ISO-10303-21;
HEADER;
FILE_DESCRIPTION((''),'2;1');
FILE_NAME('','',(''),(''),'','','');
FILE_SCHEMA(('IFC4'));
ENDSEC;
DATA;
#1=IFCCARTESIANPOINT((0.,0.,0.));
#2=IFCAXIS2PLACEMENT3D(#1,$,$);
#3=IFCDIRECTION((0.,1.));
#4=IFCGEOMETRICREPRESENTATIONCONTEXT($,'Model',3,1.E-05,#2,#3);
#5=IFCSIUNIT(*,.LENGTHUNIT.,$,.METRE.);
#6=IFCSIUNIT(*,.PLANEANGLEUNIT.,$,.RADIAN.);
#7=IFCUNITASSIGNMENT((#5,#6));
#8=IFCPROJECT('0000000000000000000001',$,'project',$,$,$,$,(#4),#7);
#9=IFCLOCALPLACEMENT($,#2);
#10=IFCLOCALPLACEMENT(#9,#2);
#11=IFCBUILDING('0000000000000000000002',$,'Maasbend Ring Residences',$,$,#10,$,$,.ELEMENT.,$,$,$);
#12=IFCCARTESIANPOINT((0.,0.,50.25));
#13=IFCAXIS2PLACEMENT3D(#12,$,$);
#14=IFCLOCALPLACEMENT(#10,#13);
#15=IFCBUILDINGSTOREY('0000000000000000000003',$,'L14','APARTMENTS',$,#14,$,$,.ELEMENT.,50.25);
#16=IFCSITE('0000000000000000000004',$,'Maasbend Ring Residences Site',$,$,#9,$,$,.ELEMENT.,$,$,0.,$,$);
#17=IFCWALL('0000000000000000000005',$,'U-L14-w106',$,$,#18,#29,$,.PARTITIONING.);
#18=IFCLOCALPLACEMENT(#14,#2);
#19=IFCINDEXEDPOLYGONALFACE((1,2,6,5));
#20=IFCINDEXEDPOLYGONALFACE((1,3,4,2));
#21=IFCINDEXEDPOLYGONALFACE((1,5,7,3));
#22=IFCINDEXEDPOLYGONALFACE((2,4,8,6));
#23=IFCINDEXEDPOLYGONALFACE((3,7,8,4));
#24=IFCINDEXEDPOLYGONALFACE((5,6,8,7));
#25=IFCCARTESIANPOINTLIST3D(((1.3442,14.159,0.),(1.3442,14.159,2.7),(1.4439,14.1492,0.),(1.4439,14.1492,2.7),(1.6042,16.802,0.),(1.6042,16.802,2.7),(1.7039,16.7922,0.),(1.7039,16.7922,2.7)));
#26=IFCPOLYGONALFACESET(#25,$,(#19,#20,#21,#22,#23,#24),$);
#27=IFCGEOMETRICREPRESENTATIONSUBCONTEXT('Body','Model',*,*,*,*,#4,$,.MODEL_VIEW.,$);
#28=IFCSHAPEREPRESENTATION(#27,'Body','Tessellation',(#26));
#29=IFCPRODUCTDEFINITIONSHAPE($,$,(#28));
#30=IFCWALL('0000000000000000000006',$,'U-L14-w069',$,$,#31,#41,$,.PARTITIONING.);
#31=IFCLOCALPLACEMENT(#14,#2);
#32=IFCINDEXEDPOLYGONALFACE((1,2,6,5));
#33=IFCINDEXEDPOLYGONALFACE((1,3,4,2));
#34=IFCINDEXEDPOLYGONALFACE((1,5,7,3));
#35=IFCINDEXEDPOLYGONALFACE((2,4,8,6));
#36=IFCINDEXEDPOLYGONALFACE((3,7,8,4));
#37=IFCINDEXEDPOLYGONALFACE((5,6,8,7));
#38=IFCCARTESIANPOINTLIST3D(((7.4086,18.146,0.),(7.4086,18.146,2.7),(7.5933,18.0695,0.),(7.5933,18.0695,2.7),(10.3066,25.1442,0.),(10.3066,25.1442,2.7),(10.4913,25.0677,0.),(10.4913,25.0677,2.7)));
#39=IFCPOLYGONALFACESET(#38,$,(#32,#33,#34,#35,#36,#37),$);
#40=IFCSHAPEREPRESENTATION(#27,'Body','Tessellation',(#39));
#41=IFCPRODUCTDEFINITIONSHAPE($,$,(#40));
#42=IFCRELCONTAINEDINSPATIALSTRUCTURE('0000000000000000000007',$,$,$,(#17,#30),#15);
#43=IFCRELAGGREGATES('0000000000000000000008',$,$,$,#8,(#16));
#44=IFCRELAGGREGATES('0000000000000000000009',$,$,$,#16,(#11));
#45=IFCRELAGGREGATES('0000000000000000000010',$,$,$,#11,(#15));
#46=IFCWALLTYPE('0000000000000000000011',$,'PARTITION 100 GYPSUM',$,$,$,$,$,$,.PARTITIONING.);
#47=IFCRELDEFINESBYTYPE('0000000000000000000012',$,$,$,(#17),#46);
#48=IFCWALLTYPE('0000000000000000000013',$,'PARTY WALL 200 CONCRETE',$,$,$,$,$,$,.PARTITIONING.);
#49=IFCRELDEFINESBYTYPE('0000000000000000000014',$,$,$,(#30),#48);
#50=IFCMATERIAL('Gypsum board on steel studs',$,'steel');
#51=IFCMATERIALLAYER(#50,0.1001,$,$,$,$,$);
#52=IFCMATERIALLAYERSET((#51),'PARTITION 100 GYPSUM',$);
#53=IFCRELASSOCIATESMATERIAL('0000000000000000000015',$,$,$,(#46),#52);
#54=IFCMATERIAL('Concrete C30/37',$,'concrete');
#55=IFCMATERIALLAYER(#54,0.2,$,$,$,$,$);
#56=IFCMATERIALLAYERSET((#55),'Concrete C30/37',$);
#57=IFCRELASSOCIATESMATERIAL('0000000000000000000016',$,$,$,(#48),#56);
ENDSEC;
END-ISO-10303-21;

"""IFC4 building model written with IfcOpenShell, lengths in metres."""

from ifc_helpers import new_model, si_unit, direction, frame, frame_2d, origin, place, context, subcontext, project, spatial, rectangle, extrude, material, layer, layer_set, type_object, element, save


model = new_model("IFC4")

# Units and contexts
model_context = context("Model", 3, precision=1e-05, world=origin(), true_north=direction((0.0, 1.0)))
body_context = subcontext(model_context, "Body", "Model", "MODEL_VIEW")
ifc_project = project(units=[si_unit("LENGTHUNIT", "METRE"), si_unit("PLANEANGLEUNIT", "RADIAN")], contexts=[model_context])

# Site, building, storey
site_placement = place(None, origin())
site = spatial("IfcSite", under=ifc_project, at=site_placement, Name="Maasbend Ring Residences Site", CompositionType="ELEMENT", RefElevation=0.0)
building_placement = place(site_placement, origin())
building = spatial("IfcBuilding", under=site, at=building_placement, Name="Maasbend Ring Residences", CompositionType="ELEMENT")
storey_placement = place(building_placement, frame((0.0, 0.0, 50.25)))
storey = spatial("IfcBuildingStorey", under=building, at=storey_placement, Name="L14", Description="APARTMENTS", CompositionType="ELEMENT", Elevation=50.25)

# Shared definitions
ifc_material_1 = material(Name="Gypsum board on steel studs", Category="steel")
ifc_layer_1 = layer(ifc_material_1, 0.1001)
ifc_layer_set_1 = layer_set([ifc_layer_1], Name="PARTITION 100 GYPSUM")
wall_type_1 = type_object("IfcWallType", Name="PARTITION 100 GYPSUM", PredefinedType="PARTITIONING", material=ifc_layer_set_1)

# Walls
wall_1_placement = place(storey_placement, frame((1.394, 14.1541, 0.0), z_axis=(0.0, 0.0, 1.0), x_axis=(0.097902, 0.995196, 0.0)))
element("IfcWall", 1, at=wall_1_placement, inside=storey, type_object=wall_type_1, Name="U-L14-w106", PredefinedType="PARTITIONING", context=body_context, shape_type="SweptSolid", body=[
    extrude(rectangle(XDim=2.6558, YDim=0.1001, at=frame_2d((1.3279, 0.0))), origin(), (0.0, 0.0, 1.0), 2.7),
])
ifc_material_2 = material(Name="Concrete C30/37", Category="concrete")
ifc_layer_2 = layer(ifc_material_2, 0.2)
ifc_layer_set_2 = layer_set([ifc_layer_2], Name="Concrete C30/37")
wall_type_2 = type_object("IfcWallType", Name="PARTY WALL 200 CONCRETE", PredefinedType="PARTITIONING", material=ifc_layer_set_2)
wall_2_placement = place(storey_placement, frame((7.501, 18.1079, 0.0), z_axis=(0.0, 0.0, 1.0), x_axis=(0.3826, 0.923914, 0.0)))
element("IfcWall", 2, at=wall_2_placement, inside=storey, type_object=wall_type_2, Name="U-L14-w069", PredefinedType="PARTITIONING", context=body_context, shape_type="SweptSolid", body=[
    extrude(rectangle(XDim=7.5745, YDim=0.2, at=frame_2d((3.7871, 0.0))), origin(), (0.0, 0.0, 1.0), 2.7),
])

save(model, "model.ifc")
